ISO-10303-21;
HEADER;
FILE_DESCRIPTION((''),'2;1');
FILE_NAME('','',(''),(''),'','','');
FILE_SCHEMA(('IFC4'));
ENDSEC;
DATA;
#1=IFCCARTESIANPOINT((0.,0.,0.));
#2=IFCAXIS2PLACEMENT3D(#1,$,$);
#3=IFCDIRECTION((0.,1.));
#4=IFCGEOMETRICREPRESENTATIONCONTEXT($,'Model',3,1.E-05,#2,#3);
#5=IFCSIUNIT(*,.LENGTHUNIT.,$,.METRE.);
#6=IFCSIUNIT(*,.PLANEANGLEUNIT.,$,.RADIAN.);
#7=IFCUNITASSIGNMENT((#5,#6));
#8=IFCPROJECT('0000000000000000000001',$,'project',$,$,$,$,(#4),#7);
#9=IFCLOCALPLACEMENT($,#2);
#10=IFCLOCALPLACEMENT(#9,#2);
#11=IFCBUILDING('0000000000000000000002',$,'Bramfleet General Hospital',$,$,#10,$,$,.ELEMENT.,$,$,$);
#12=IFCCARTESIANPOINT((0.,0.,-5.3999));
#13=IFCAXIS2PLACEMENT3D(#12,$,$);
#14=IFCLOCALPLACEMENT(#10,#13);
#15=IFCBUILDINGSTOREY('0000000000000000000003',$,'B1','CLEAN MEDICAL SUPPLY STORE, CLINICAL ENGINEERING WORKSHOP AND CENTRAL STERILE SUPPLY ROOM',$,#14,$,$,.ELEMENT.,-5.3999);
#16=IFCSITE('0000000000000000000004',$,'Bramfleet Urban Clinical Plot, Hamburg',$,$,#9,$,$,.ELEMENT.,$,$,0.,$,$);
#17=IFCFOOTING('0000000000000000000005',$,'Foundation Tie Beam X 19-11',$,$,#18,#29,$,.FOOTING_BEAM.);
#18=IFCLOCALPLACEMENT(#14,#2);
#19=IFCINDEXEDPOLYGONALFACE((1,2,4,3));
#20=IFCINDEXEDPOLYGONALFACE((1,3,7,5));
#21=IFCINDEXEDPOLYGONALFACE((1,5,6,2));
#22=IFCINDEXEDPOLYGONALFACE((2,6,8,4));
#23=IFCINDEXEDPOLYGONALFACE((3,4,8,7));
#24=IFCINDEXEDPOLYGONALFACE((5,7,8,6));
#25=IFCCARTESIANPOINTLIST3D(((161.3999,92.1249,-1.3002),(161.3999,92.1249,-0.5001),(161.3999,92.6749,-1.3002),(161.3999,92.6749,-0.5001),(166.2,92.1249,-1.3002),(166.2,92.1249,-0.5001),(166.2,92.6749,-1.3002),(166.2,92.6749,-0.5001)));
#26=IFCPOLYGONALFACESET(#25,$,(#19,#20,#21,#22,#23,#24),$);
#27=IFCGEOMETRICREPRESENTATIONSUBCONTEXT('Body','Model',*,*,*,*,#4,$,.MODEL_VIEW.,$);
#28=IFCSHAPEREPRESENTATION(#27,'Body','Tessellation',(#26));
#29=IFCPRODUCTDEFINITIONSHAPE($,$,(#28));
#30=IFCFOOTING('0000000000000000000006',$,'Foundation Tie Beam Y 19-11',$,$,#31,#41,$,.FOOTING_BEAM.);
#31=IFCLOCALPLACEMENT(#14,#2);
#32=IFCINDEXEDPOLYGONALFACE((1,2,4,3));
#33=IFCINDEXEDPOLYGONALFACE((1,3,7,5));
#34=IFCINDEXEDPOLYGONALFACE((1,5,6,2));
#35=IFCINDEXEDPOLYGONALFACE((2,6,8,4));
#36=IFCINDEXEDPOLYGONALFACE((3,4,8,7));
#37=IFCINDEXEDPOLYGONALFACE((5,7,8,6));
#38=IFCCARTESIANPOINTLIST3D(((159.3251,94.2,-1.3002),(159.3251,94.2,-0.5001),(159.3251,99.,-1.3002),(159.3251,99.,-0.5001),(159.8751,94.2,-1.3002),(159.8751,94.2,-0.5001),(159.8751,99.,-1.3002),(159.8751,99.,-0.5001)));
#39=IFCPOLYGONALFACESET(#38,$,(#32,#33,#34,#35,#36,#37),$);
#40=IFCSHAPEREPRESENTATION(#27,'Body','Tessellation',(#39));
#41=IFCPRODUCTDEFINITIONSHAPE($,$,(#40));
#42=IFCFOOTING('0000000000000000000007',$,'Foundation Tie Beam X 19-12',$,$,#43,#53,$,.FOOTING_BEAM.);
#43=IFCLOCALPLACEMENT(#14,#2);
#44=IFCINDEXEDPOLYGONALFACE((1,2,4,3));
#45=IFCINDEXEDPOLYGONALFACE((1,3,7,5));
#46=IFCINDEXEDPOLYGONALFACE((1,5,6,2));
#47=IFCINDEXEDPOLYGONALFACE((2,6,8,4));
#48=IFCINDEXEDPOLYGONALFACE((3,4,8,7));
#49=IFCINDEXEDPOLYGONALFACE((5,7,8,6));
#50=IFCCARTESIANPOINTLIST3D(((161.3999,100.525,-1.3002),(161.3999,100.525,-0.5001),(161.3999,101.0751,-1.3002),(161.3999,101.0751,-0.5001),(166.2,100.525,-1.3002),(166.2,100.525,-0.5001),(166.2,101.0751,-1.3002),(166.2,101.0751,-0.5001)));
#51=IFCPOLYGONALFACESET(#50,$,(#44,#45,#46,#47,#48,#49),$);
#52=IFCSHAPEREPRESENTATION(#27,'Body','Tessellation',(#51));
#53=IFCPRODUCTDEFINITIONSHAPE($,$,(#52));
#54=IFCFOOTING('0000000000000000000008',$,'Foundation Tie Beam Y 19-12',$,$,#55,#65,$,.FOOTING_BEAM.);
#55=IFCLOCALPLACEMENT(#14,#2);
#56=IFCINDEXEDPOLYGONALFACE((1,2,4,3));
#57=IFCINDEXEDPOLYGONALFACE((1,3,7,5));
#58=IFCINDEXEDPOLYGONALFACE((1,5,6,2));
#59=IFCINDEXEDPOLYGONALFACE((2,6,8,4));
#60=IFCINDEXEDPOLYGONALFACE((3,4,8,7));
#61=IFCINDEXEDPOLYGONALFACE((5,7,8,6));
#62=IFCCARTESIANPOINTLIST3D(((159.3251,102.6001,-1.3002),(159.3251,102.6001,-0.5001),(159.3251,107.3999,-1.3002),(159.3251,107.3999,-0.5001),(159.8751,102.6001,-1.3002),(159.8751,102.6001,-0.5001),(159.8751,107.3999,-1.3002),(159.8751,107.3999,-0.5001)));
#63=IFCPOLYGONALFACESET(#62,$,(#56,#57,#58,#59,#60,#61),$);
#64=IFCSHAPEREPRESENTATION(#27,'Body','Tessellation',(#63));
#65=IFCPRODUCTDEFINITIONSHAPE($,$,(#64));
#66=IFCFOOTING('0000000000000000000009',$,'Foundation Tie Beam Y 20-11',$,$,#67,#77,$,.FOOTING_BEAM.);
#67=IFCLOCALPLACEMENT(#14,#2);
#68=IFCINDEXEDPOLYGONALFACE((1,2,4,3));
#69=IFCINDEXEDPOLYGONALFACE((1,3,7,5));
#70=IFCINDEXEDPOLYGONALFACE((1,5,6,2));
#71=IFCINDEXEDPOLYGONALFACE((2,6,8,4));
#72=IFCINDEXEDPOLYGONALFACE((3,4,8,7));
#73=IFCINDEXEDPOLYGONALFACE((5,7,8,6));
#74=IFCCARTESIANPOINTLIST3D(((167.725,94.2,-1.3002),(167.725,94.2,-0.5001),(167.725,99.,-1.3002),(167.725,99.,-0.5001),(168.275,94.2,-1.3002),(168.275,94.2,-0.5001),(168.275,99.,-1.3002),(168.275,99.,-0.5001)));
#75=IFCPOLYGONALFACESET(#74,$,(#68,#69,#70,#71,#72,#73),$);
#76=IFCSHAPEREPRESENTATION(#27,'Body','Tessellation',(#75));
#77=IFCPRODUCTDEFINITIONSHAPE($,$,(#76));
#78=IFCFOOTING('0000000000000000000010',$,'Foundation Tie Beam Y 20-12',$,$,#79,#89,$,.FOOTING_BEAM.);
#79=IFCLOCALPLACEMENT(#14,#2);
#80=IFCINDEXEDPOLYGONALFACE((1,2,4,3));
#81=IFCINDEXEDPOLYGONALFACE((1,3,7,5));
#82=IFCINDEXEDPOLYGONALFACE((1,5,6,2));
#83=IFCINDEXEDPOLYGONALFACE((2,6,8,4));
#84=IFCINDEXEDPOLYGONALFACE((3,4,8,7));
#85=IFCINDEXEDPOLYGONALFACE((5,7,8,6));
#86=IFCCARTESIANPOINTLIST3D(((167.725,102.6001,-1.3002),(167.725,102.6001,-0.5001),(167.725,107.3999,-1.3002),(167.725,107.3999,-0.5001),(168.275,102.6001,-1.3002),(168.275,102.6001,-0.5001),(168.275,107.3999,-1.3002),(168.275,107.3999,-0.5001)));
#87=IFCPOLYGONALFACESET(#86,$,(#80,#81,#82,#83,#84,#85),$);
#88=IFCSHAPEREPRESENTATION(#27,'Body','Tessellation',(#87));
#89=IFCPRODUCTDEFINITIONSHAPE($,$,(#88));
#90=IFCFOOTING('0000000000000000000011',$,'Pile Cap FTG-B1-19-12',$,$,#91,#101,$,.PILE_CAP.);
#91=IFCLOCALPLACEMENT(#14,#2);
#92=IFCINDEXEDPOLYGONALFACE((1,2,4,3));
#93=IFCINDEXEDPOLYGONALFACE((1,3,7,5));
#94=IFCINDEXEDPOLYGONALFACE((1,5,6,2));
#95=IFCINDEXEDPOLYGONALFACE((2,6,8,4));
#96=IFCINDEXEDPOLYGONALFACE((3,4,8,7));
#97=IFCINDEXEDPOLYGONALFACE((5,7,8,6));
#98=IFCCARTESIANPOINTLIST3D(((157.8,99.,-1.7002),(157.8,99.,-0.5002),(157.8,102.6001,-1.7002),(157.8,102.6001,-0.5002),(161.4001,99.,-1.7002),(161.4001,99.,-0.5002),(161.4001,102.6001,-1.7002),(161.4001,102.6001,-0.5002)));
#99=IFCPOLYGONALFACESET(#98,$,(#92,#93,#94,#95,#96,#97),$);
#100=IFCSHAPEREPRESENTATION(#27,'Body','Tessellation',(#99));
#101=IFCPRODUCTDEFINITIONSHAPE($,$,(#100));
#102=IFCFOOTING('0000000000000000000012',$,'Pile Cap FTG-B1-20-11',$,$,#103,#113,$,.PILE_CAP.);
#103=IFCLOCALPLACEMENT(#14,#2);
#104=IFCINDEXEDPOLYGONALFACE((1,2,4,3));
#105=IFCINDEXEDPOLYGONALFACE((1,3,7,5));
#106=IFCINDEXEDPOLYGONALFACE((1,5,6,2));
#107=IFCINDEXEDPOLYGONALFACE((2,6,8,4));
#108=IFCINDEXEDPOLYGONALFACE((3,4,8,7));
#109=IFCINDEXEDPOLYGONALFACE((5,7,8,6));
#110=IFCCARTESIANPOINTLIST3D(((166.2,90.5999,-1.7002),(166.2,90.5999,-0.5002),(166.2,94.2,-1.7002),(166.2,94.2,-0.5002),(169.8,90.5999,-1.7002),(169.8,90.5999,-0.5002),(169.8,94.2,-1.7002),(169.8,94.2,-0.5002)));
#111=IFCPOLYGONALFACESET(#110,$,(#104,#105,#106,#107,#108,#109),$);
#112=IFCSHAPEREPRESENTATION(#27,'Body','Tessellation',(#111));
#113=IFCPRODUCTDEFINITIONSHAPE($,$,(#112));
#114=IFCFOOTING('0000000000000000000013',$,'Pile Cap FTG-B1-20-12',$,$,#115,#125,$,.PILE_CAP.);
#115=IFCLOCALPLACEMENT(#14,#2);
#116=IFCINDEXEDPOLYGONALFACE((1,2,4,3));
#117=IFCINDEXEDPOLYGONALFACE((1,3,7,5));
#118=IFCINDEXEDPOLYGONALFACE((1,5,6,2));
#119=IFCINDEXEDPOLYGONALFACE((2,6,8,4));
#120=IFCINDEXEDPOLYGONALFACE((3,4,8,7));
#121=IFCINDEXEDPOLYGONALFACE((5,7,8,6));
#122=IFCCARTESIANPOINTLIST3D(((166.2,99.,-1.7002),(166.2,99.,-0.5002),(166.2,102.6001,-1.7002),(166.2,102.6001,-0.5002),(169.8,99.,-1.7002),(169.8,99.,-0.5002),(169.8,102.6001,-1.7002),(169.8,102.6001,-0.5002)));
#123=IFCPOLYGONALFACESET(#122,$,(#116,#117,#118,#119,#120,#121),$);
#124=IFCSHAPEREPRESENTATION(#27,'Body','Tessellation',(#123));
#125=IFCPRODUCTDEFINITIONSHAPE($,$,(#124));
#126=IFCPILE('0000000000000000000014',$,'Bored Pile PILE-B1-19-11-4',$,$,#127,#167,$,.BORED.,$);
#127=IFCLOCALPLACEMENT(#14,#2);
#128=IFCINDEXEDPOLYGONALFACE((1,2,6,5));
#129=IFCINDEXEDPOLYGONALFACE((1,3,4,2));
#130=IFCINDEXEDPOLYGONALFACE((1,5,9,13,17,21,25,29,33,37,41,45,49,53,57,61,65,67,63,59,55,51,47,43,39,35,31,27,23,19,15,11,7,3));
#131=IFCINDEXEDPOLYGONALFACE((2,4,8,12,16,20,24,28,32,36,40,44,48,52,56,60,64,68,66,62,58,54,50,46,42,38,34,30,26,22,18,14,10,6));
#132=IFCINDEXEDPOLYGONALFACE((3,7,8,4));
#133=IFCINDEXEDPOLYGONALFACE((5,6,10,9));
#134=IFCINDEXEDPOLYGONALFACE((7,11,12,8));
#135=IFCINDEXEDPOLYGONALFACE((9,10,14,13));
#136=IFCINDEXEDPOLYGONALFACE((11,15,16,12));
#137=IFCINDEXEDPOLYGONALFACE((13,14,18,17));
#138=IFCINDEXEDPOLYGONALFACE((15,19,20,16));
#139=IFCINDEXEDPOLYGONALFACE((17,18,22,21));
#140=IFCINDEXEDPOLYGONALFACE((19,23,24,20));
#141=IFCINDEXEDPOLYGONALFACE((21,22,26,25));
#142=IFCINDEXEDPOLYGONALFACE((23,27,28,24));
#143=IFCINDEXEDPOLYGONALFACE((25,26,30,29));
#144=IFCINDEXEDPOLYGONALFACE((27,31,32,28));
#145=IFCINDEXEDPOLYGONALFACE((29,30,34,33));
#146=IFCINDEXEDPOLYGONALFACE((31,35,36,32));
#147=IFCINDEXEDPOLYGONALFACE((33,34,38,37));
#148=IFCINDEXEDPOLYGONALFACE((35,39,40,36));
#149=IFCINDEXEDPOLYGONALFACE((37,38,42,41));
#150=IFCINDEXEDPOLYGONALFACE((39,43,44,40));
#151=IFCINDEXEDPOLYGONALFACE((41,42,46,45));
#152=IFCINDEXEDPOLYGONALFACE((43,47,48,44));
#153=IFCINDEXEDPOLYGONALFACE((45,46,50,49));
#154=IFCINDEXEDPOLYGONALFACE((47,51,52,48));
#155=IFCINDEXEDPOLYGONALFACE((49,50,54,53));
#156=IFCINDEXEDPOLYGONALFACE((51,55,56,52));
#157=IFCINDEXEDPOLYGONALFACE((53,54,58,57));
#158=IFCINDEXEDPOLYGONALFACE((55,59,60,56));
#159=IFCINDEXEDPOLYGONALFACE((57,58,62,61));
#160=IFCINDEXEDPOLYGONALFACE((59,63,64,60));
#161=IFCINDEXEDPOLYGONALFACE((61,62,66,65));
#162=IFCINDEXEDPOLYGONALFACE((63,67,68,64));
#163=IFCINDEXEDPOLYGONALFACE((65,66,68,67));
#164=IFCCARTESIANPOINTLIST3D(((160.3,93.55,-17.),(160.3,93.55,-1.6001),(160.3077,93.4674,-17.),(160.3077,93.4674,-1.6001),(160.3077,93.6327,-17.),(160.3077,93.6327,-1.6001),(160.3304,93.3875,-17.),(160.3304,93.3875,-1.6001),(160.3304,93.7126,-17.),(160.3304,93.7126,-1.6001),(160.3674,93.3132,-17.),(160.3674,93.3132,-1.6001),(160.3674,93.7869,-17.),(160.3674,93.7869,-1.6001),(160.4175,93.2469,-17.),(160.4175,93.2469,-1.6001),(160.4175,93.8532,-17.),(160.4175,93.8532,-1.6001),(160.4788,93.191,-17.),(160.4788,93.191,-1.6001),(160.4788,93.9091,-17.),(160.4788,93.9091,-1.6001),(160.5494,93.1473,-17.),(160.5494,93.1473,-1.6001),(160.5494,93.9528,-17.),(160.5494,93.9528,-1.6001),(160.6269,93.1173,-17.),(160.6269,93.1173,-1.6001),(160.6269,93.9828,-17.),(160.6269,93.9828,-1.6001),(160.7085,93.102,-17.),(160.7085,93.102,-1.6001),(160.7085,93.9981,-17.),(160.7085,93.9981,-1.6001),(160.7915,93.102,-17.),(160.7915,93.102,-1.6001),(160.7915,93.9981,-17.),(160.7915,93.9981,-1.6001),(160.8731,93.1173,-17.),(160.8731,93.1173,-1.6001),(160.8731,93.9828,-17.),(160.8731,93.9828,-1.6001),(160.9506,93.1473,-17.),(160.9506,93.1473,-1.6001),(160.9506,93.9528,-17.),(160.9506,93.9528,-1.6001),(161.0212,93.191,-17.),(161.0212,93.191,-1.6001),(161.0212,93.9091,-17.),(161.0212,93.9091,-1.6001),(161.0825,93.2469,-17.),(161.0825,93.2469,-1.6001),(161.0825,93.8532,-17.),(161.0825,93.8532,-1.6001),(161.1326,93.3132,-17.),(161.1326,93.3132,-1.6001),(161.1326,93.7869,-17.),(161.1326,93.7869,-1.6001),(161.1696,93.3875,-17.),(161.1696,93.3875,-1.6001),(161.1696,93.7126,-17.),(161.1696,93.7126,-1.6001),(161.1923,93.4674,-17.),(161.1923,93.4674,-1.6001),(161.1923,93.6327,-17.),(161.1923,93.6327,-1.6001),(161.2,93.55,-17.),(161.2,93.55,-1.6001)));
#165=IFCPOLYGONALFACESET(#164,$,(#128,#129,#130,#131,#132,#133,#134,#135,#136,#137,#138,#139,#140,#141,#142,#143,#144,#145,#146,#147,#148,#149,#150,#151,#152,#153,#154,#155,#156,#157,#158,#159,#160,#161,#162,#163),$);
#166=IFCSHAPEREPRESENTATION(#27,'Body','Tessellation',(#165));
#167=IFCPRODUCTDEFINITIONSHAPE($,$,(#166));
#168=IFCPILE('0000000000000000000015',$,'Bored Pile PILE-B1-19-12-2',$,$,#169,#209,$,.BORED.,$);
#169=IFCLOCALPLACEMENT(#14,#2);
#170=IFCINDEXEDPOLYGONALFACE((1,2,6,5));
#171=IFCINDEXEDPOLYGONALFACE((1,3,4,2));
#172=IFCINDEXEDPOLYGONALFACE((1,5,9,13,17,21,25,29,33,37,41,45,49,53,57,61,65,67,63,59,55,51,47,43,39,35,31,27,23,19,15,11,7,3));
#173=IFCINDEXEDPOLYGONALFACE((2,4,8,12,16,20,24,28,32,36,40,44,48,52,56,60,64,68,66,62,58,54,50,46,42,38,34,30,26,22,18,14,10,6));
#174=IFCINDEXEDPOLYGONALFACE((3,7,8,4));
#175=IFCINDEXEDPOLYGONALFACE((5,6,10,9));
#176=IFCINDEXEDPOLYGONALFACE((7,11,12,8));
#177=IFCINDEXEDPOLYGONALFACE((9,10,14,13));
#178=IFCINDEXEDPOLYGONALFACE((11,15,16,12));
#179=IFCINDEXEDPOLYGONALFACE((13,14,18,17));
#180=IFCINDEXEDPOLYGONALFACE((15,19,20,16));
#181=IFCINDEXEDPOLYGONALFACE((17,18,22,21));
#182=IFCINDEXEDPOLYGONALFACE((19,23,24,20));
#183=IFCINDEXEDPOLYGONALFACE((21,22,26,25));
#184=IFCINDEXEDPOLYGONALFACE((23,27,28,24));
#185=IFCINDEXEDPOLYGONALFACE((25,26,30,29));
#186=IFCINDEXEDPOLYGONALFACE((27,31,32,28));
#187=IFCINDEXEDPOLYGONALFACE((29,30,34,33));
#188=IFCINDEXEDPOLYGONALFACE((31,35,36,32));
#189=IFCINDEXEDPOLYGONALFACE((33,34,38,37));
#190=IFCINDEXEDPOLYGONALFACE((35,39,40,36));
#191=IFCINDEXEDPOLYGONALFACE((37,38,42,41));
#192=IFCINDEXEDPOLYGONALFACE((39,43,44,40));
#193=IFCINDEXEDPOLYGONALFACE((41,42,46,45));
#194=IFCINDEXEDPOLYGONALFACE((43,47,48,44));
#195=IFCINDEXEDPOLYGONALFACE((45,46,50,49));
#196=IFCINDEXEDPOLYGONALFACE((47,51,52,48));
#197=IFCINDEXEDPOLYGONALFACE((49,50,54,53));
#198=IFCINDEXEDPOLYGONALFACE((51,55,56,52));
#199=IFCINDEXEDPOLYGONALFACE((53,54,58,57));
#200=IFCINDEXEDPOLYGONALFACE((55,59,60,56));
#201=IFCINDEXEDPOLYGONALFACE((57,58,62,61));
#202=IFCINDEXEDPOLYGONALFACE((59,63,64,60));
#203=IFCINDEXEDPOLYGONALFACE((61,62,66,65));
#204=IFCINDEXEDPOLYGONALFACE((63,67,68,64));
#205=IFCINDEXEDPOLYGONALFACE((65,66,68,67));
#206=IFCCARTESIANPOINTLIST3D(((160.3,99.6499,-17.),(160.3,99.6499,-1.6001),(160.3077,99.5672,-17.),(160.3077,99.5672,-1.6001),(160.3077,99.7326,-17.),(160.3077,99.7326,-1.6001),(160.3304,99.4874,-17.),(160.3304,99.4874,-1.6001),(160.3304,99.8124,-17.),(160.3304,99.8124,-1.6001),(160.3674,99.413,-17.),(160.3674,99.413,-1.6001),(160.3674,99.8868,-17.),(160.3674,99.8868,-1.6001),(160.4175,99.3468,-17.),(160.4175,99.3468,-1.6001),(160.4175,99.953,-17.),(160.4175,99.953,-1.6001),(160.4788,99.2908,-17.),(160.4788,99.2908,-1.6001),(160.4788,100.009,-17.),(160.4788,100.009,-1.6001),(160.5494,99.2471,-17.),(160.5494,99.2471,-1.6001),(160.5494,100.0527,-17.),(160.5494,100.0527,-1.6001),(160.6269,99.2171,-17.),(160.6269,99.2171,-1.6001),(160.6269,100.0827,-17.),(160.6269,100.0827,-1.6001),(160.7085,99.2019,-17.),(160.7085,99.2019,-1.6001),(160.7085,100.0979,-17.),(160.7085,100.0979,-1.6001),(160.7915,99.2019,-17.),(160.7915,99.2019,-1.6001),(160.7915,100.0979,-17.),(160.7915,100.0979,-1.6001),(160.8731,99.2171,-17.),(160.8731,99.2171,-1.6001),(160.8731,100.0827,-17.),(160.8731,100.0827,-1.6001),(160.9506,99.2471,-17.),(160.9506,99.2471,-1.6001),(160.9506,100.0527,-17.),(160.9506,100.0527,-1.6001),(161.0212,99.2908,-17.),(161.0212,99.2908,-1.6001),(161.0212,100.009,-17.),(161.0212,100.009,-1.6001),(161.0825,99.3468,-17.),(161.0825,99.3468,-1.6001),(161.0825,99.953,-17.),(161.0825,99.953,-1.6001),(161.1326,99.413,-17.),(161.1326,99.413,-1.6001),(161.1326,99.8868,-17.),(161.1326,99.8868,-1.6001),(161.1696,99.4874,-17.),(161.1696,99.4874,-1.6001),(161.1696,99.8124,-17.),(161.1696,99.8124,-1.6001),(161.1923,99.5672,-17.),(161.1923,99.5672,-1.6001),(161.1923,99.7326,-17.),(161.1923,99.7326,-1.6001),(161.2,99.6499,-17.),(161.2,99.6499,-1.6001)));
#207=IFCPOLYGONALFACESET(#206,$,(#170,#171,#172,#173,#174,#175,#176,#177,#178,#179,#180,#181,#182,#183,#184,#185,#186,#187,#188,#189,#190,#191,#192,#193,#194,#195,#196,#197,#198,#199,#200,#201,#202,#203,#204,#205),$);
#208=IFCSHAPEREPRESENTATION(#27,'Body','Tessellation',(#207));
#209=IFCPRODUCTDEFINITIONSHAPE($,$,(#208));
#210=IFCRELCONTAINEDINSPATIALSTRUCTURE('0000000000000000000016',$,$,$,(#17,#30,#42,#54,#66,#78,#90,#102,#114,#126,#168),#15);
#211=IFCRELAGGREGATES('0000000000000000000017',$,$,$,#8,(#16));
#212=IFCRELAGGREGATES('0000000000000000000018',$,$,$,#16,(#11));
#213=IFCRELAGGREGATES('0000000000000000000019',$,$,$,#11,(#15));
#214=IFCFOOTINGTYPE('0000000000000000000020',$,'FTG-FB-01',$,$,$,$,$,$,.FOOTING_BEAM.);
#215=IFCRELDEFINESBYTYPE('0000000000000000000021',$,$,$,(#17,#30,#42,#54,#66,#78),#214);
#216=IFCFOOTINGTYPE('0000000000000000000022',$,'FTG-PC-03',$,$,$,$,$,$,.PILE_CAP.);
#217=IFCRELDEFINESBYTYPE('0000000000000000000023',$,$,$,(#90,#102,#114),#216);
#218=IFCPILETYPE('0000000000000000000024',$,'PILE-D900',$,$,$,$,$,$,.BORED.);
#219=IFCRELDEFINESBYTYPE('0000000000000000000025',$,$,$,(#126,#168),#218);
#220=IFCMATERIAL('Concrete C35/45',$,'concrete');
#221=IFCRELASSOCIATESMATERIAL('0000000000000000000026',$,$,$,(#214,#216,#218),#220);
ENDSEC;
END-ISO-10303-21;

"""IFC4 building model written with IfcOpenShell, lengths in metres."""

from ifc_helpers import new_model, si_unit, direction, frame, origin, origin_2d, place, context, subcontext, project, spatial, rectangle, circle, extrude, material, material_profile, profile_set, type_object, element, save


model = new_model("IFC4")

# Units and contexts
model_context = context("Model", 3, precision=1e-05, world=origin(), true_north=direction((0.0, 1.0)))
body_context = subcontext(model_context, "Body", "Model", "MODEL_VIEW")
ifc_project = project(units=[si_unit("LENGTHUNIT", "METRE"), si_unit("PLANEANGLEUNIT", "RADIAN")], contexts=[model_context])

# Site, building, storey
site_placement = place(None, origin())
site = spatial("IfcSite", under=ifc_project, at=site_placement, Name="Bramfleet Urban Clinical Plot, Hamburg", CompositionType="ELEMENT", RefElevation=0.0)
building_placement = place(site_placement, origin())
building = spatial("IfcBuilding", under=site, at=building_placement, Name="Bramfleet General Hospital", CompositionType="ELEMENT")
storey_placement = place(building_placement, frame((0.0, 0.0, -5.3999)))
storey = spatial("IfcBuildingStorey", under=building, at=storey_placement, Name="B1", Description="CLEAN MEDICAL SUPPLY STORE, CLINICAL ENGINEERING WORKSHOP AND CENTRAL STERILE SUPPLY ROOM", CompositionType="ELEMENT", Elevation=-5.3999)

# Footings
ifc_material_1 = material(Name="Concrete C35/45", Category="concrete")
ifc_material_profile_1 = material_profile(ifc_material_1, rectangle(XDim=0.55, YDim=0.8, at=origin_2d()), Name="RC FB 800x550")
ifc_profile_set_1 = profile_set([ifc_material_profile_1], Name="Concrete C35/45")
footing_type_1 = type_object("IfcFootingType", Name="FTG-FB-01", PredefinedType="FOOTING_BEAM", material=ifc_profile_set_1)
for number, where, z_axis, x_axis, name in (
    (1, (161.3999, 92.3999, -0.9001), (1.0, 0.0, 0.0), (0.0, 1.0, 0.0), "Foundation Tie Beam X 19-11"),
    (2, (159.6001, 94.2, -0.9001), (0.0, 1.0, 0.0), (-1.0, 0.0, 0.0), "Foundation Tie Beam Y 19-11"),
    (3, (161.3999, 100.8, -0.9001), (1.0, 0.0, 0.0), (0.0, 1.0, 0.0), "Foundation Tie Beam X 19-12"),
):
    element("IfcFooting", number, at=place(storey_placement, frame(where, z_axis=z_axis, x_axis=x_axis)), inside=storey, type_object=footing_type_1, Name=name, PredefinedType="FOOTING_BEAM", context=body_context, shape_type="SweptSolid", body=[
        extrude(rectangle(XDim=0.55, YDim=0.8, at=origin_2d()), origin(), (0.0, 0.0, 1.0), 4.8),
    ])
footing_1_placement = place(storey_placement, frame((159.6001, 102.6001, -0.9001), z_axis=(0.0, 1.0, 0.0), x_axis=(-1.0, 0.0, 0.0)))
element("IfcFooting", 4, at=footing_1_placement, inside=storey, type_object=footing_type_1, Name="Foundation Tie Beam Y 19-12", PredefinedType="FOOTING_BEAM", context=body_context, shape_type="SweptSolid", body=[
    extrude(rectangle(XDim=0.55, YDim=0.8, at=origin_2d()), origin(), (0.0, 0.0, 1.0), 4.7998),
])
footing_2_placement = place(storey_placement, frame((168.0, 94.2, -0.9001), z_axis=(0.0, 1.0, 0.0), x_axis=(-1.0, 0.0, 0.0)))
element("IfcFooting", 5, at=footing_2_placement, inside=storey, type_object=footing_type_1, Name="Foundation Tie Beam Y 20-11", PredefinedType="FOOTING_BEAM", context=body_context, shape_type="SweptSolid", body=[
    extrude(rectangle(XDim=0.55, YDim=0.8, at=origin_2d()), origin(), (0.0, 0.0, 1.0), 4.8),
])
footing_3_placement = place(storey_placement, frame((168.0, 102.6001, -0.9001), z_axis=(0.0, 1.0, 0.0), x_axis=(-1.0, 0.0, 0.0)))
element("IfcFooting", 6, at=footing_3_placement, inside=storey, type_object=footing_type_1, Name="Foundation Tie Beam Y 20-12", PredefinedType="FOOTING_BEAM", context=body_context, shape_type="SweptSolid", body=[
    extrude(rectangle(XDim=0.55, YDim=0.8, at=origin_2d()), origin(), (0.0, 0.0, 1.0), 4.7998),
])
footing_type_2 = type_object("IfcFootingType", Name="FTG-PC-03", PredefinedType="PILE_CAP", material=ifc_material_1)
for number, where, z_axis, x_axis, name in (
    (7, (159.6001, 100.8, -1.7002), (0.0, 0.0, 1.0), (1.0, 0.0, 0.0), "Pile Cap FTG-B1-19-12"),
    (8, (168.0, 92.3999, -1.7002), (0.0, 0.0, 1.0), (1.0, 0.0, 0.0), "Pile Cap FTG-B1-20-11"),
    (9, (168.0, 100.8, -1.7002), (0.0, 0.0, 1.0), (1.0, 0.0, 0.0), "Pile Cap FTG-B1-20-12"),
):
    element("IfcFooting", number, at=place(storey_placement, frame(where, z_axis=z_axis, x_axis=x_axis)), inside=storey, type_object=footing_type_2, Name=name, PredefinedType="PILE_CAP", context=body_context, shape_type="SweptSolid", body=[
        extrude(rectangle(XDim=3.6001, YDim=3.6001, at=origin_2d()), origin(), (0.0, 0.0, 1.0), 1.2),
    ])

# Piles
ifc_material_profile_2 = material_profile(ifc_material_1, circle(Radius=0.45, at=origin_2d()), Name="PILE BORED D900")
ifc_profile_set_2 = profile_set([ifc_material_profile_2], Name="Concrete C35/45")
pile_type = type_object("IfcPileType", Name="PILE-D900", PredefinedType="BORED", material=ifc_profile_set_2)
for number, where, z_axis, x_axis, name in (
    (10, (160.75, 93.55, -1.6001), (0.0, 0.0, -1.0), (1.0, 0.0, 0.0), "Bored Pile PILE-B1-19-11-4"),
    (11, (160.75, 99.6499, -1.6001), (0.0, 0.0, -1.0), (1.0, 0.0, 0.0), "Bored Pile PILE-B1-19-12-2"),
):
    element("IfcPile", number, at=place(storey_placement, frame(where, z_axis=z_axis, x_axis=x_axis)), inside=storey, type_object=pile_type, Name=name, PredefinedType="BORED", context=body_context, shape_type="SweptSolid", body=[
        extrude(circle(Radius=0.45, at=origin_2d()), origin(), (0.0, 0.0, 1.0), 15.3999),
    ])

save(model, "model.ifc")
